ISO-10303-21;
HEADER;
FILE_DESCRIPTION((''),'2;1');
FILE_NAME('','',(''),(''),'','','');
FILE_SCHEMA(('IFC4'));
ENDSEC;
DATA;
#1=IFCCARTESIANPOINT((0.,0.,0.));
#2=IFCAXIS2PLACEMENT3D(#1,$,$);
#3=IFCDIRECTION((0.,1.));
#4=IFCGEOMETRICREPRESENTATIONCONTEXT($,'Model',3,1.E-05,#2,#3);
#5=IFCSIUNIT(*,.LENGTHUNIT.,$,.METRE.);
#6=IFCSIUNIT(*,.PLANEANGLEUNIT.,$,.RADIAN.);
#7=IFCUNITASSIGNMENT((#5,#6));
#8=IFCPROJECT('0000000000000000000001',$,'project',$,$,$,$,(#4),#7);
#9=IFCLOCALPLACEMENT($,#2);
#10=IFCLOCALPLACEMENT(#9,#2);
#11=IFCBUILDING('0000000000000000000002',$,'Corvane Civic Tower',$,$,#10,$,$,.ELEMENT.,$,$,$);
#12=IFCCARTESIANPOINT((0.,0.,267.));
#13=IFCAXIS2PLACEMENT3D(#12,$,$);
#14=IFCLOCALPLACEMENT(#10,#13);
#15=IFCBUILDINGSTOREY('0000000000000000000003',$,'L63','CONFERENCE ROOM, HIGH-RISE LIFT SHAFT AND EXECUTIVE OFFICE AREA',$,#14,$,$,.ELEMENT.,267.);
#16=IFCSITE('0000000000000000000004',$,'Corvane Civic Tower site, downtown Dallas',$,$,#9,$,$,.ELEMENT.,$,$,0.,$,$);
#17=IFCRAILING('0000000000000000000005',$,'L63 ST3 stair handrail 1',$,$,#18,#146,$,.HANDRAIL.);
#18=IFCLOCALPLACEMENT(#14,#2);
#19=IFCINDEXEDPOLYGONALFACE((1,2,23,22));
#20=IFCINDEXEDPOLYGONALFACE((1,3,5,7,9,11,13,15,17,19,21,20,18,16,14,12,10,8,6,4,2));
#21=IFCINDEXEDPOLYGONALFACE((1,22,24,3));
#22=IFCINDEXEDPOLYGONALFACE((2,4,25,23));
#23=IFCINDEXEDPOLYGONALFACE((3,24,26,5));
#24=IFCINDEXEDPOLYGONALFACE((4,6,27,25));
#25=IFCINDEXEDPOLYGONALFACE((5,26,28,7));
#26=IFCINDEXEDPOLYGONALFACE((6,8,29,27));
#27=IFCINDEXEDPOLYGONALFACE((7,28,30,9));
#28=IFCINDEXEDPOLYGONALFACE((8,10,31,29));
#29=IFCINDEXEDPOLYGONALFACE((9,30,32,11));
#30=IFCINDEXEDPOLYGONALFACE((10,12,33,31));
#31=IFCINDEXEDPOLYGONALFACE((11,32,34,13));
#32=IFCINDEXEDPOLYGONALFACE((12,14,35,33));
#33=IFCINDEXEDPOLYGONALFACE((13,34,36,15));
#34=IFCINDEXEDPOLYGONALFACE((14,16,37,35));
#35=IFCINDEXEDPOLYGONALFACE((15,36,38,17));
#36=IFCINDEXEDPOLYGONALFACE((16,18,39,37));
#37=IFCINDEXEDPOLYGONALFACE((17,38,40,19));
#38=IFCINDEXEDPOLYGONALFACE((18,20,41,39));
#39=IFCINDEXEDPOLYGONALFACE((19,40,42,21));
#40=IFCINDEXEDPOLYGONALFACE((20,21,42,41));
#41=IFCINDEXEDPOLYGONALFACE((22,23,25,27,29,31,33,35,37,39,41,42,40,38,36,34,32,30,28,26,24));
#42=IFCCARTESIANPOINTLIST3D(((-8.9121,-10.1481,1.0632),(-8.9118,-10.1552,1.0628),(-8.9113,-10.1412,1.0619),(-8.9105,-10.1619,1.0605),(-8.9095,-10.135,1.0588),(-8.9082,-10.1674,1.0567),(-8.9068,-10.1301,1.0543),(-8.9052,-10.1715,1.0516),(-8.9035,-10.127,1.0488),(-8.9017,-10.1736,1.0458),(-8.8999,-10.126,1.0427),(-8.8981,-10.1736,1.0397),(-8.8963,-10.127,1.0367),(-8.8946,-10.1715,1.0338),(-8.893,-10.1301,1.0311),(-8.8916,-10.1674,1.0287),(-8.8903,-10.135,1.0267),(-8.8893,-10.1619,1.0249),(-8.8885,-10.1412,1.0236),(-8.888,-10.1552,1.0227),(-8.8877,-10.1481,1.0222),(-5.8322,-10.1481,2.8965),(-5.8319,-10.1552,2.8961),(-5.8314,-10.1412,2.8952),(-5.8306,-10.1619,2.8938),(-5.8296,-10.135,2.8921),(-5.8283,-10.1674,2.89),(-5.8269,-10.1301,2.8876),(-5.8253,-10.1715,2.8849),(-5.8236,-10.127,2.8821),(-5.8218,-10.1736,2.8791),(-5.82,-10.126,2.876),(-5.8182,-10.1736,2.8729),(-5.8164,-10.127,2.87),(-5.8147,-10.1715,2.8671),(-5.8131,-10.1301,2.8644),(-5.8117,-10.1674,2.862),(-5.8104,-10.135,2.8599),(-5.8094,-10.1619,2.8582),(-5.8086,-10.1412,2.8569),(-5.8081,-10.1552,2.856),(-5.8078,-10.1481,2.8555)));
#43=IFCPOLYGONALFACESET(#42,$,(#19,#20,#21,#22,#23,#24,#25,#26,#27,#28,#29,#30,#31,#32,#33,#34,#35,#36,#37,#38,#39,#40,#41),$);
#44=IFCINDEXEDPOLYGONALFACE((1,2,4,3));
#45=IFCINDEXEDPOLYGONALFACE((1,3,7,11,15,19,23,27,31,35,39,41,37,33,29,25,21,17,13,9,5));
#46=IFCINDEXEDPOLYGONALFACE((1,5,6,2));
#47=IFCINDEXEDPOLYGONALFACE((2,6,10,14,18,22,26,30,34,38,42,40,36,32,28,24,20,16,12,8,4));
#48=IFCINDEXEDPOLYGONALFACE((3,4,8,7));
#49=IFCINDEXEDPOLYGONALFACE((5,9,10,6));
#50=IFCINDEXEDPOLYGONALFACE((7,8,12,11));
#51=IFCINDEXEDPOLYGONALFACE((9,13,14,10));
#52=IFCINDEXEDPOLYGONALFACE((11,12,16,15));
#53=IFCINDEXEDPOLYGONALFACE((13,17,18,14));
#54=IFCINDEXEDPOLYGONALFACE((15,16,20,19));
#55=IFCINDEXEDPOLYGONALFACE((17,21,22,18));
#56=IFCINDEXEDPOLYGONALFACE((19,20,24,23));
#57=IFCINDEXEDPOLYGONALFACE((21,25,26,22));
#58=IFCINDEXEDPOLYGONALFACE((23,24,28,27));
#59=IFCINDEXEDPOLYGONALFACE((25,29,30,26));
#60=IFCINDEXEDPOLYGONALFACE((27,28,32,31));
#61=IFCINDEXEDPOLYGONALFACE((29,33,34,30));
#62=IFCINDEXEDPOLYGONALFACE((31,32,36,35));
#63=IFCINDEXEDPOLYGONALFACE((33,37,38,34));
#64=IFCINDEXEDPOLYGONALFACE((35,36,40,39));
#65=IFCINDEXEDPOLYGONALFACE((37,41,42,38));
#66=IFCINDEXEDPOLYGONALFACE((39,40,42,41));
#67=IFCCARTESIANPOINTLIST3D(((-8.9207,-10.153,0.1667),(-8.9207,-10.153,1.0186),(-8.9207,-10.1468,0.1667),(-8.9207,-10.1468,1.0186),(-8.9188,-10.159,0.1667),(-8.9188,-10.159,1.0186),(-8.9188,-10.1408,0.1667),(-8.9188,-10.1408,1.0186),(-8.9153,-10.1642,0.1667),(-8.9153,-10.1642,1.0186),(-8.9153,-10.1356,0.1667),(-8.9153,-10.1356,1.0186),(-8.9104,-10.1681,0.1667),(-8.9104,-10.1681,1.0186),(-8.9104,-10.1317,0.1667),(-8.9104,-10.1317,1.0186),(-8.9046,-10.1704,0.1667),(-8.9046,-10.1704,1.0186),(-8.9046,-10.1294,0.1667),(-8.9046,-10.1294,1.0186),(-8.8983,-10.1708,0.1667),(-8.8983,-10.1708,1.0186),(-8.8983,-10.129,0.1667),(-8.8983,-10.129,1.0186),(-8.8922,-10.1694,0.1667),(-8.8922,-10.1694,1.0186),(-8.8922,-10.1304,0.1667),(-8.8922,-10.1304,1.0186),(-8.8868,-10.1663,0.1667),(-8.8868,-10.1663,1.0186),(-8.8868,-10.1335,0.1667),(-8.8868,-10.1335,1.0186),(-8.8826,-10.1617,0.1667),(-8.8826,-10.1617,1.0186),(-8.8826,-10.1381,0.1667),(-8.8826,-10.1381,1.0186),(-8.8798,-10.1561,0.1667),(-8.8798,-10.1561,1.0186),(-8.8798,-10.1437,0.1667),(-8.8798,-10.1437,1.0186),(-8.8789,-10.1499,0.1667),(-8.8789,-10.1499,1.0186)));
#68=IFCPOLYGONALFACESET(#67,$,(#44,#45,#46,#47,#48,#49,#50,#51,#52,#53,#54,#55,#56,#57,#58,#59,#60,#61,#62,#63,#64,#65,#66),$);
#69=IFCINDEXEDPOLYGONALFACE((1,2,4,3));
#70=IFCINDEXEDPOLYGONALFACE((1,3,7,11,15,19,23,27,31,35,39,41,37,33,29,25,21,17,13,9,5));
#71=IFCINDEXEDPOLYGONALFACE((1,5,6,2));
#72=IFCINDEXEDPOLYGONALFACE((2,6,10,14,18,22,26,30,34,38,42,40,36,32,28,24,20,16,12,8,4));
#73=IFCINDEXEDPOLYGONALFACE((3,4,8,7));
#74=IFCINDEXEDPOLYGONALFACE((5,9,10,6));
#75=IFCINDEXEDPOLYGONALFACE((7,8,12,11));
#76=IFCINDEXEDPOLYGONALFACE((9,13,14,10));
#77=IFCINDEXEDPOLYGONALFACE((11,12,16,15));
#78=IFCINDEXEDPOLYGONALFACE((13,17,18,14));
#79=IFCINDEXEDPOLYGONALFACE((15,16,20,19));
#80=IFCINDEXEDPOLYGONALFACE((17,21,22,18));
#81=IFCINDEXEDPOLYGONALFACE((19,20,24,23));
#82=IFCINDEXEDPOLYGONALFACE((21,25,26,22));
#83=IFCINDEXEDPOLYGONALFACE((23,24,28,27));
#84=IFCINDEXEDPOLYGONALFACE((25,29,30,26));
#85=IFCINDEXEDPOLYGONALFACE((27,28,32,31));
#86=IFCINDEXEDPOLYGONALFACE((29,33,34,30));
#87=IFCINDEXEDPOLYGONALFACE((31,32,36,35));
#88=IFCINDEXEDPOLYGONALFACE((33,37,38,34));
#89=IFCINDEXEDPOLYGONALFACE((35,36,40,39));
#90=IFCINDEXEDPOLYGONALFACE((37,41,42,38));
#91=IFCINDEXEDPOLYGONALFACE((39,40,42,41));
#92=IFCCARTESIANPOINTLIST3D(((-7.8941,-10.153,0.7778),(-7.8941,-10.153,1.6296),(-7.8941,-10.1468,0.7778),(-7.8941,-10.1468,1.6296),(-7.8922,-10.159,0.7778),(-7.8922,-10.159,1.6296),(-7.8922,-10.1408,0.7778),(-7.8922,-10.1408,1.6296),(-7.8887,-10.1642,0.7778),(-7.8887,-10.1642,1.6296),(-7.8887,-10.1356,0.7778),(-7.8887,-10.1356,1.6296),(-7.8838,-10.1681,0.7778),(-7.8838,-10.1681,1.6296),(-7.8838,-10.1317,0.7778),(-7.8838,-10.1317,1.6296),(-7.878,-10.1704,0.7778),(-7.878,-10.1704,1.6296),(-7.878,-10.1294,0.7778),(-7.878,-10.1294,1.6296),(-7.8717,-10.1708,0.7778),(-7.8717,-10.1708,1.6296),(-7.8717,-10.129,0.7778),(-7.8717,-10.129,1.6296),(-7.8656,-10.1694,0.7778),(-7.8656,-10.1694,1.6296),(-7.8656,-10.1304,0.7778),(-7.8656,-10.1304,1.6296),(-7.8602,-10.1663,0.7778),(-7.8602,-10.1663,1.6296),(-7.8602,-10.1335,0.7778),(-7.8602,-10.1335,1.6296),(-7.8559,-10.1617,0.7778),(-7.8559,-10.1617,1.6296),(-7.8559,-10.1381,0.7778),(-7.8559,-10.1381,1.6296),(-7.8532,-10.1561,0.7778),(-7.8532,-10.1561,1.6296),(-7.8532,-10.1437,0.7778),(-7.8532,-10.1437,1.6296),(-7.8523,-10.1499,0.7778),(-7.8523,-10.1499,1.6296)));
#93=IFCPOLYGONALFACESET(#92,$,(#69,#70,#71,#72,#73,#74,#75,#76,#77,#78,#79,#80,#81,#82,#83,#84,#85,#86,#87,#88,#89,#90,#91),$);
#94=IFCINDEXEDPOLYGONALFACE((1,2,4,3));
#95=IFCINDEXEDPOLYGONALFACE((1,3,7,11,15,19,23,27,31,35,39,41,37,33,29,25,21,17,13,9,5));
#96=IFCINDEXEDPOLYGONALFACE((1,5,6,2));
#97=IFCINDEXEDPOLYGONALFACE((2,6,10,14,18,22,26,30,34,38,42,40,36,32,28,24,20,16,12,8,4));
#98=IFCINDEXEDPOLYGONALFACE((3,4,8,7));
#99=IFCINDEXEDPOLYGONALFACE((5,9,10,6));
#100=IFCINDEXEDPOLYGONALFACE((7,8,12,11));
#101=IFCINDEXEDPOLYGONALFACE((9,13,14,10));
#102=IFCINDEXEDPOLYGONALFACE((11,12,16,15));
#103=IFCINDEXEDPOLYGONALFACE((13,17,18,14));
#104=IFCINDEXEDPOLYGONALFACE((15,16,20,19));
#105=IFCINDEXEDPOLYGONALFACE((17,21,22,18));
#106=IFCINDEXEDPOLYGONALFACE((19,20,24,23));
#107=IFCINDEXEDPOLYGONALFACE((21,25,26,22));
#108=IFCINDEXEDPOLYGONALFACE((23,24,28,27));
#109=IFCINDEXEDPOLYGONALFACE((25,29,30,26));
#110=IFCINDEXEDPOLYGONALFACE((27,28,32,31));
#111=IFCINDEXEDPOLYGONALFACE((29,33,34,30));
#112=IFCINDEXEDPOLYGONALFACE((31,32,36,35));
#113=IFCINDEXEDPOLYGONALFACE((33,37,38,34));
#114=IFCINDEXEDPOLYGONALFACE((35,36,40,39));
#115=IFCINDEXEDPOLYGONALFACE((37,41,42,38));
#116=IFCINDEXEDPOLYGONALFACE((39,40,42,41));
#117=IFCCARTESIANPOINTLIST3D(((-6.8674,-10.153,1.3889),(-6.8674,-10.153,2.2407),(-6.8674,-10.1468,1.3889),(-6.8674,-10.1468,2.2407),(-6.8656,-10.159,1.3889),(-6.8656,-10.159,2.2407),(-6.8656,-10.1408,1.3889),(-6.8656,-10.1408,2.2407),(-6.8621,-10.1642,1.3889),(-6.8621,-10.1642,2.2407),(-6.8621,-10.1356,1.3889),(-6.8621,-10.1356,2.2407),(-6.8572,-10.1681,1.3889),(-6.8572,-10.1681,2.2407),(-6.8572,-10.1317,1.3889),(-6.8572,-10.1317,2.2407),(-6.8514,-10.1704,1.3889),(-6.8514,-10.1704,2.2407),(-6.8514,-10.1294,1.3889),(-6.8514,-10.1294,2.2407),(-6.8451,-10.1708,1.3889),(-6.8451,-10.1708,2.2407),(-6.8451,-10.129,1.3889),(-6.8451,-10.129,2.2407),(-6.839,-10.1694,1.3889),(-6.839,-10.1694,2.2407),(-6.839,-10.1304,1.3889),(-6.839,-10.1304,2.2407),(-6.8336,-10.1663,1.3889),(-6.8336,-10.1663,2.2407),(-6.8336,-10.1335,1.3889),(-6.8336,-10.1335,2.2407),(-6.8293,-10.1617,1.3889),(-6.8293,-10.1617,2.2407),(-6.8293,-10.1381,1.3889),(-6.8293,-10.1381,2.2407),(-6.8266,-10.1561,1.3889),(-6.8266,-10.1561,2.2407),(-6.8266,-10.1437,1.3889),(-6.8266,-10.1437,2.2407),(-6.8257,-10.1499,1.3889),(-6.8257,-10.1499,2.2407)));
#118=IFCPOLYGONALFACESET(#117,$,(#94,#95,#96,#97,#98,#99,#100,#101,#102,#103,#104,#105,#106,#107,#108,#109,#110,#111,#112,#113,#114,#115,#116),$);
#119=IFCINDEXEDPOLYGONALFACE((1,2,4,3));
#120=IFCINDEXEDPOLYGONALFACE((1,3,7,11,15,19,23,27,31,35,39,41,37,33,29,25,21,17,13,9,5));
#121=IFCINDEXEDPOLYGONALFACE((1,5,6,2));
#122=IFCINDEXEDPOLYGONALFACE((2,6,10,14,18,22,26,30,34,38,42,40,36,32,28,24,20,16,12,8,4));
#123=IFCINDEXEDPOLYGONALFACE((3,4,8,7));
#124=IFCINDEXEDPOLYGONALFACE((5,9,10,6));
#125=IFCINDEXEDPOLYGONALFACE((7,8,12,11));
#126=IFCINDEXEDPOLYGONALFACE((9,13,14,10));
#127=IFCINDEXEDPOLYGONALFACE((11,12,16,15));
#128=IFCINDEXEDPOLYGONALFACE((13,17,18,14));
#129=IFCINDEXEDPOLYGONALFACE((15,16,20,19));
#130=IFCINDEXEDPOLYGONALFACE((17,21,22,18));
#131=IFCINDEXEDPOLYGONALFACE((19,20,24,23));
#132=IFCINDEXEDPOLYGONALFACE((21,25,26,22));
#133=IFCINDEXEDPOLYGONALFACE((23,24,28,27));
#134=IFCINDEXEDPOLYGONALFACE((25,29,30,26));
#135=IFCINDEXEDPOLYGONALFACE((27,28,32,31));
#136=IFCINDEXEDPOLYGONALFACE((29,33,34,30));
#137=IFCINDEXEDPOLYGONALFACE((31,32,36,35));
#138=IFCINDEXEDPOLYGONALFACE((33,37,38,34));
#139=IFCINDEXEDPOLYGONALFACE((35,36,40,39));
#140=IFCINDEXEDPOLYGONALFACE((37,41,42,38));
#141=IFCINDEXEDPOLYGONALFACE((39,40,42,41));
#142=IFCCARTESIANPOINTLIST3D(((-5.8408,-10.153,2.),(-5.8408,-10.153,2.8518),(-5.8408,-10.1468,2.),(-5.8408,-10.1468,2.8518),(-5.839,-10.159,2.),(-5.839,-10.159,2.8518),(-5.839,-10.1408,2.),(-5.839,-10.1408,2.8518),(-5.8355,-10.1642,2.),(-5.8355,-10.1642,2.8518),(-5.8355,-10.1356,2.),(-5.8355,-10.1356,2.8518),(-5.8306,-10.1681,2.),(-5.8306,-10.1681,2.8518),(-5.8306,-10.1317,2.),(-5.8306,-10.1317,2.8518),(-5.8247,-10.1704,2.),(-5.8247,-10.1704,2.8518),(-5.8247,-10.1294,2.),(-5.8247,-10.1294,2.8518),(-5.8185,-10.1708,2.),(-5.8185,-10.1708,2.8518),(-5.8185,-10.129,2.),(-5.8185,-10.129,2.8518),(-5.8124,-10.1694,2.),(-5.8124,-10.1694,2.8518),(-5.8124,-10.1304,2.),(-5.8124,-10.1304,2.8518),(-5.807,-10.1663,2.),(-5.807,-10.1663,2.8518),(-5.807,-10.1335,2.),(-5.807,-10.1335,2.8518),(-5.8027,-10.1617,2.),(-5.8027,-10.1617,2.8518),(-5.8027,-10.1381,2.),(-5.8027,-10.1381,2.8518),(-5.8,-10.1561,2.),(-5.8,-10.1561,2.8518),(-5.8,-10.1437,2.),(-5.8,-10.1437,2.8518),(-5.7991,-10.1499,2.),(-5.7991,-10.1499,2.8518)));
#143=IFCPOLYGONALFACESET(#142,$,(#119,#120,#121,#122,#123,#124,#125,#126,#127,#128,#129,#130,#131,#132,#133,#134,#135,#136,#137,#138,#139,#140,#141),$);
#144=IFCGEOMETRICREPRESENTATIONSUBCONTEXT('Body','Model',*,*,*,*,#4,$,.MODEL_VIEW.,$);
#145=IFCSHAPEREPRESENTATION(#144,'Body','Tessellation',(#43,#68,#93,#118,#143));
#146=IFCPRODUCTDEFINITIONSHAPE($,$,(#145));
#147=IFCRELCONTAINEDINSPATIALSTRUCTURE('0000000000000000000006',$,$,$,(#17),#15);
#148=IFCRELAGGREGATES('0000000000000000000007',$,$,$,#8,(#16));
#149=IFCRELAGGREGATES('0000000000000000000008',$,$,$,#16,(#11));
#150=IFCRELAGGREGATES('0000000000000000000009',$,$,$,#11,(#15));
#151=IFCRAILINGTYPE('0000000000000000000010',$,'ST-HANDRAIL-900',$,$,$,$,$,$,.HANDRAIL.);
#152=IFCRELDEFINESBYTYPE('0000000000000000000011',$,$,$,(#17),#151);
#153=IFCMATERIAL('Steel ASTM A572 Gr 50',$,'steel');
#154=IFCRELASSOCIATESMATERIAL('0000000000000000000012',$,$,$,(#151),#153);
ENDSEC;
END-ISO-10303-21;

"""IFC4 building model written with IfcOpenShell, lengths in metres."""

from ifc_helpers import new_model, si_unit, direction, frame, origin, origin_2d, place, context, subcontext, project, spatial, circle, extrude, material, type_object, element, save


model = new_model("IFC4")

# Units and contexts
model_context = context("Model", 3, precision=1e-05, world=origin(), true_north=direction((0.0, 1.0)))
body_context = subcontext(model_context, "Body", "Model", "MODEL_VIEW")
ifc_project = project(units=[si_unit("LENGTHUNIT", "METRE"), si_unit("PLANEANGLEUNIT", "RADIAN")], contexts=[model_context])

# Site, building, storey
site_placement = place(None, origin())
site = spatial("IfcSite", under=ifc_project, at=site_placement, Name="Corvane Civic Tower site, downtown Dallas", CompositionType="ELEMENT", RefElevation=0.0)
building_placement = place(site_placement, origin())
building = spatial("IfcBuilding", under=site, at=building_placement, Name="Corvane Civic Tower", CompositionType="ELEMENT")
storey_placement = place(building_placement, frame((0.0, 0.0, 267.0)))
storey = spatial("IfcBuildingStorey", under=building, at=storey_placement, Name="L63", Description="CONFERENCE ROOM, HIGH-RISE LIFT SHAFT AND EXECUTIVE OFFICE AREA", CompositionType="ELEMENT", Elevation=267.0)

# Railing
ifc_material_1 = material(Name="Steel ASTM A572 Gr 50", Category="steel")
railing_type_1 = type_object("IfcRailingType", Name="ST-HANDRAIL-900", PredefinedType="HANDRAIL", material=ifc_material_1)
railing_1_placement = place(storey_placement, frame((-8.8999, -10.1499, 0.1667)))
element("IfcRailing", 1, at=railing_1_placement, inside=storey, type_object=railing_type_1, Name="L63 ST3 stair handrail 1", PredefinedType="HANDRAIL", context=body_context, shape_type="SweptSolid", body=[
    extrude(circle(Radius=0.0239, at=origin_2d()), frame((0.0, 0.0, 0.876), z_axis=(0.859291, 0.0, 0.511487), x_axis=(0.0, 1.0, 0.0)), (0.0, 0.0, 1.0), 3.5842),
    extrude(circle(Radius=0.021, at=origin_2d()), origin(), (0.0, 0.0, 1.0), 0.8518),
    extrude(circle(Radius=0.021, at=origin_2d()), frame((1.0266, 0.0, 0.6111)), (0.0, 0.0, 1.0), 0.8518),
    extrude(circle(Radius=0.021, at=origin_2d()), frame((2.0532, 0.0, 1.2222)), (0.0, 0.0, 1.0), 0.8518),
    extrude(circle(Radius=0.021, at=origin_2d()), frame((3.0798, 0.0, 1.8333)), (0.0, 0.0, 1.0), 0.8518),
])

save(model, "model.ifc")
